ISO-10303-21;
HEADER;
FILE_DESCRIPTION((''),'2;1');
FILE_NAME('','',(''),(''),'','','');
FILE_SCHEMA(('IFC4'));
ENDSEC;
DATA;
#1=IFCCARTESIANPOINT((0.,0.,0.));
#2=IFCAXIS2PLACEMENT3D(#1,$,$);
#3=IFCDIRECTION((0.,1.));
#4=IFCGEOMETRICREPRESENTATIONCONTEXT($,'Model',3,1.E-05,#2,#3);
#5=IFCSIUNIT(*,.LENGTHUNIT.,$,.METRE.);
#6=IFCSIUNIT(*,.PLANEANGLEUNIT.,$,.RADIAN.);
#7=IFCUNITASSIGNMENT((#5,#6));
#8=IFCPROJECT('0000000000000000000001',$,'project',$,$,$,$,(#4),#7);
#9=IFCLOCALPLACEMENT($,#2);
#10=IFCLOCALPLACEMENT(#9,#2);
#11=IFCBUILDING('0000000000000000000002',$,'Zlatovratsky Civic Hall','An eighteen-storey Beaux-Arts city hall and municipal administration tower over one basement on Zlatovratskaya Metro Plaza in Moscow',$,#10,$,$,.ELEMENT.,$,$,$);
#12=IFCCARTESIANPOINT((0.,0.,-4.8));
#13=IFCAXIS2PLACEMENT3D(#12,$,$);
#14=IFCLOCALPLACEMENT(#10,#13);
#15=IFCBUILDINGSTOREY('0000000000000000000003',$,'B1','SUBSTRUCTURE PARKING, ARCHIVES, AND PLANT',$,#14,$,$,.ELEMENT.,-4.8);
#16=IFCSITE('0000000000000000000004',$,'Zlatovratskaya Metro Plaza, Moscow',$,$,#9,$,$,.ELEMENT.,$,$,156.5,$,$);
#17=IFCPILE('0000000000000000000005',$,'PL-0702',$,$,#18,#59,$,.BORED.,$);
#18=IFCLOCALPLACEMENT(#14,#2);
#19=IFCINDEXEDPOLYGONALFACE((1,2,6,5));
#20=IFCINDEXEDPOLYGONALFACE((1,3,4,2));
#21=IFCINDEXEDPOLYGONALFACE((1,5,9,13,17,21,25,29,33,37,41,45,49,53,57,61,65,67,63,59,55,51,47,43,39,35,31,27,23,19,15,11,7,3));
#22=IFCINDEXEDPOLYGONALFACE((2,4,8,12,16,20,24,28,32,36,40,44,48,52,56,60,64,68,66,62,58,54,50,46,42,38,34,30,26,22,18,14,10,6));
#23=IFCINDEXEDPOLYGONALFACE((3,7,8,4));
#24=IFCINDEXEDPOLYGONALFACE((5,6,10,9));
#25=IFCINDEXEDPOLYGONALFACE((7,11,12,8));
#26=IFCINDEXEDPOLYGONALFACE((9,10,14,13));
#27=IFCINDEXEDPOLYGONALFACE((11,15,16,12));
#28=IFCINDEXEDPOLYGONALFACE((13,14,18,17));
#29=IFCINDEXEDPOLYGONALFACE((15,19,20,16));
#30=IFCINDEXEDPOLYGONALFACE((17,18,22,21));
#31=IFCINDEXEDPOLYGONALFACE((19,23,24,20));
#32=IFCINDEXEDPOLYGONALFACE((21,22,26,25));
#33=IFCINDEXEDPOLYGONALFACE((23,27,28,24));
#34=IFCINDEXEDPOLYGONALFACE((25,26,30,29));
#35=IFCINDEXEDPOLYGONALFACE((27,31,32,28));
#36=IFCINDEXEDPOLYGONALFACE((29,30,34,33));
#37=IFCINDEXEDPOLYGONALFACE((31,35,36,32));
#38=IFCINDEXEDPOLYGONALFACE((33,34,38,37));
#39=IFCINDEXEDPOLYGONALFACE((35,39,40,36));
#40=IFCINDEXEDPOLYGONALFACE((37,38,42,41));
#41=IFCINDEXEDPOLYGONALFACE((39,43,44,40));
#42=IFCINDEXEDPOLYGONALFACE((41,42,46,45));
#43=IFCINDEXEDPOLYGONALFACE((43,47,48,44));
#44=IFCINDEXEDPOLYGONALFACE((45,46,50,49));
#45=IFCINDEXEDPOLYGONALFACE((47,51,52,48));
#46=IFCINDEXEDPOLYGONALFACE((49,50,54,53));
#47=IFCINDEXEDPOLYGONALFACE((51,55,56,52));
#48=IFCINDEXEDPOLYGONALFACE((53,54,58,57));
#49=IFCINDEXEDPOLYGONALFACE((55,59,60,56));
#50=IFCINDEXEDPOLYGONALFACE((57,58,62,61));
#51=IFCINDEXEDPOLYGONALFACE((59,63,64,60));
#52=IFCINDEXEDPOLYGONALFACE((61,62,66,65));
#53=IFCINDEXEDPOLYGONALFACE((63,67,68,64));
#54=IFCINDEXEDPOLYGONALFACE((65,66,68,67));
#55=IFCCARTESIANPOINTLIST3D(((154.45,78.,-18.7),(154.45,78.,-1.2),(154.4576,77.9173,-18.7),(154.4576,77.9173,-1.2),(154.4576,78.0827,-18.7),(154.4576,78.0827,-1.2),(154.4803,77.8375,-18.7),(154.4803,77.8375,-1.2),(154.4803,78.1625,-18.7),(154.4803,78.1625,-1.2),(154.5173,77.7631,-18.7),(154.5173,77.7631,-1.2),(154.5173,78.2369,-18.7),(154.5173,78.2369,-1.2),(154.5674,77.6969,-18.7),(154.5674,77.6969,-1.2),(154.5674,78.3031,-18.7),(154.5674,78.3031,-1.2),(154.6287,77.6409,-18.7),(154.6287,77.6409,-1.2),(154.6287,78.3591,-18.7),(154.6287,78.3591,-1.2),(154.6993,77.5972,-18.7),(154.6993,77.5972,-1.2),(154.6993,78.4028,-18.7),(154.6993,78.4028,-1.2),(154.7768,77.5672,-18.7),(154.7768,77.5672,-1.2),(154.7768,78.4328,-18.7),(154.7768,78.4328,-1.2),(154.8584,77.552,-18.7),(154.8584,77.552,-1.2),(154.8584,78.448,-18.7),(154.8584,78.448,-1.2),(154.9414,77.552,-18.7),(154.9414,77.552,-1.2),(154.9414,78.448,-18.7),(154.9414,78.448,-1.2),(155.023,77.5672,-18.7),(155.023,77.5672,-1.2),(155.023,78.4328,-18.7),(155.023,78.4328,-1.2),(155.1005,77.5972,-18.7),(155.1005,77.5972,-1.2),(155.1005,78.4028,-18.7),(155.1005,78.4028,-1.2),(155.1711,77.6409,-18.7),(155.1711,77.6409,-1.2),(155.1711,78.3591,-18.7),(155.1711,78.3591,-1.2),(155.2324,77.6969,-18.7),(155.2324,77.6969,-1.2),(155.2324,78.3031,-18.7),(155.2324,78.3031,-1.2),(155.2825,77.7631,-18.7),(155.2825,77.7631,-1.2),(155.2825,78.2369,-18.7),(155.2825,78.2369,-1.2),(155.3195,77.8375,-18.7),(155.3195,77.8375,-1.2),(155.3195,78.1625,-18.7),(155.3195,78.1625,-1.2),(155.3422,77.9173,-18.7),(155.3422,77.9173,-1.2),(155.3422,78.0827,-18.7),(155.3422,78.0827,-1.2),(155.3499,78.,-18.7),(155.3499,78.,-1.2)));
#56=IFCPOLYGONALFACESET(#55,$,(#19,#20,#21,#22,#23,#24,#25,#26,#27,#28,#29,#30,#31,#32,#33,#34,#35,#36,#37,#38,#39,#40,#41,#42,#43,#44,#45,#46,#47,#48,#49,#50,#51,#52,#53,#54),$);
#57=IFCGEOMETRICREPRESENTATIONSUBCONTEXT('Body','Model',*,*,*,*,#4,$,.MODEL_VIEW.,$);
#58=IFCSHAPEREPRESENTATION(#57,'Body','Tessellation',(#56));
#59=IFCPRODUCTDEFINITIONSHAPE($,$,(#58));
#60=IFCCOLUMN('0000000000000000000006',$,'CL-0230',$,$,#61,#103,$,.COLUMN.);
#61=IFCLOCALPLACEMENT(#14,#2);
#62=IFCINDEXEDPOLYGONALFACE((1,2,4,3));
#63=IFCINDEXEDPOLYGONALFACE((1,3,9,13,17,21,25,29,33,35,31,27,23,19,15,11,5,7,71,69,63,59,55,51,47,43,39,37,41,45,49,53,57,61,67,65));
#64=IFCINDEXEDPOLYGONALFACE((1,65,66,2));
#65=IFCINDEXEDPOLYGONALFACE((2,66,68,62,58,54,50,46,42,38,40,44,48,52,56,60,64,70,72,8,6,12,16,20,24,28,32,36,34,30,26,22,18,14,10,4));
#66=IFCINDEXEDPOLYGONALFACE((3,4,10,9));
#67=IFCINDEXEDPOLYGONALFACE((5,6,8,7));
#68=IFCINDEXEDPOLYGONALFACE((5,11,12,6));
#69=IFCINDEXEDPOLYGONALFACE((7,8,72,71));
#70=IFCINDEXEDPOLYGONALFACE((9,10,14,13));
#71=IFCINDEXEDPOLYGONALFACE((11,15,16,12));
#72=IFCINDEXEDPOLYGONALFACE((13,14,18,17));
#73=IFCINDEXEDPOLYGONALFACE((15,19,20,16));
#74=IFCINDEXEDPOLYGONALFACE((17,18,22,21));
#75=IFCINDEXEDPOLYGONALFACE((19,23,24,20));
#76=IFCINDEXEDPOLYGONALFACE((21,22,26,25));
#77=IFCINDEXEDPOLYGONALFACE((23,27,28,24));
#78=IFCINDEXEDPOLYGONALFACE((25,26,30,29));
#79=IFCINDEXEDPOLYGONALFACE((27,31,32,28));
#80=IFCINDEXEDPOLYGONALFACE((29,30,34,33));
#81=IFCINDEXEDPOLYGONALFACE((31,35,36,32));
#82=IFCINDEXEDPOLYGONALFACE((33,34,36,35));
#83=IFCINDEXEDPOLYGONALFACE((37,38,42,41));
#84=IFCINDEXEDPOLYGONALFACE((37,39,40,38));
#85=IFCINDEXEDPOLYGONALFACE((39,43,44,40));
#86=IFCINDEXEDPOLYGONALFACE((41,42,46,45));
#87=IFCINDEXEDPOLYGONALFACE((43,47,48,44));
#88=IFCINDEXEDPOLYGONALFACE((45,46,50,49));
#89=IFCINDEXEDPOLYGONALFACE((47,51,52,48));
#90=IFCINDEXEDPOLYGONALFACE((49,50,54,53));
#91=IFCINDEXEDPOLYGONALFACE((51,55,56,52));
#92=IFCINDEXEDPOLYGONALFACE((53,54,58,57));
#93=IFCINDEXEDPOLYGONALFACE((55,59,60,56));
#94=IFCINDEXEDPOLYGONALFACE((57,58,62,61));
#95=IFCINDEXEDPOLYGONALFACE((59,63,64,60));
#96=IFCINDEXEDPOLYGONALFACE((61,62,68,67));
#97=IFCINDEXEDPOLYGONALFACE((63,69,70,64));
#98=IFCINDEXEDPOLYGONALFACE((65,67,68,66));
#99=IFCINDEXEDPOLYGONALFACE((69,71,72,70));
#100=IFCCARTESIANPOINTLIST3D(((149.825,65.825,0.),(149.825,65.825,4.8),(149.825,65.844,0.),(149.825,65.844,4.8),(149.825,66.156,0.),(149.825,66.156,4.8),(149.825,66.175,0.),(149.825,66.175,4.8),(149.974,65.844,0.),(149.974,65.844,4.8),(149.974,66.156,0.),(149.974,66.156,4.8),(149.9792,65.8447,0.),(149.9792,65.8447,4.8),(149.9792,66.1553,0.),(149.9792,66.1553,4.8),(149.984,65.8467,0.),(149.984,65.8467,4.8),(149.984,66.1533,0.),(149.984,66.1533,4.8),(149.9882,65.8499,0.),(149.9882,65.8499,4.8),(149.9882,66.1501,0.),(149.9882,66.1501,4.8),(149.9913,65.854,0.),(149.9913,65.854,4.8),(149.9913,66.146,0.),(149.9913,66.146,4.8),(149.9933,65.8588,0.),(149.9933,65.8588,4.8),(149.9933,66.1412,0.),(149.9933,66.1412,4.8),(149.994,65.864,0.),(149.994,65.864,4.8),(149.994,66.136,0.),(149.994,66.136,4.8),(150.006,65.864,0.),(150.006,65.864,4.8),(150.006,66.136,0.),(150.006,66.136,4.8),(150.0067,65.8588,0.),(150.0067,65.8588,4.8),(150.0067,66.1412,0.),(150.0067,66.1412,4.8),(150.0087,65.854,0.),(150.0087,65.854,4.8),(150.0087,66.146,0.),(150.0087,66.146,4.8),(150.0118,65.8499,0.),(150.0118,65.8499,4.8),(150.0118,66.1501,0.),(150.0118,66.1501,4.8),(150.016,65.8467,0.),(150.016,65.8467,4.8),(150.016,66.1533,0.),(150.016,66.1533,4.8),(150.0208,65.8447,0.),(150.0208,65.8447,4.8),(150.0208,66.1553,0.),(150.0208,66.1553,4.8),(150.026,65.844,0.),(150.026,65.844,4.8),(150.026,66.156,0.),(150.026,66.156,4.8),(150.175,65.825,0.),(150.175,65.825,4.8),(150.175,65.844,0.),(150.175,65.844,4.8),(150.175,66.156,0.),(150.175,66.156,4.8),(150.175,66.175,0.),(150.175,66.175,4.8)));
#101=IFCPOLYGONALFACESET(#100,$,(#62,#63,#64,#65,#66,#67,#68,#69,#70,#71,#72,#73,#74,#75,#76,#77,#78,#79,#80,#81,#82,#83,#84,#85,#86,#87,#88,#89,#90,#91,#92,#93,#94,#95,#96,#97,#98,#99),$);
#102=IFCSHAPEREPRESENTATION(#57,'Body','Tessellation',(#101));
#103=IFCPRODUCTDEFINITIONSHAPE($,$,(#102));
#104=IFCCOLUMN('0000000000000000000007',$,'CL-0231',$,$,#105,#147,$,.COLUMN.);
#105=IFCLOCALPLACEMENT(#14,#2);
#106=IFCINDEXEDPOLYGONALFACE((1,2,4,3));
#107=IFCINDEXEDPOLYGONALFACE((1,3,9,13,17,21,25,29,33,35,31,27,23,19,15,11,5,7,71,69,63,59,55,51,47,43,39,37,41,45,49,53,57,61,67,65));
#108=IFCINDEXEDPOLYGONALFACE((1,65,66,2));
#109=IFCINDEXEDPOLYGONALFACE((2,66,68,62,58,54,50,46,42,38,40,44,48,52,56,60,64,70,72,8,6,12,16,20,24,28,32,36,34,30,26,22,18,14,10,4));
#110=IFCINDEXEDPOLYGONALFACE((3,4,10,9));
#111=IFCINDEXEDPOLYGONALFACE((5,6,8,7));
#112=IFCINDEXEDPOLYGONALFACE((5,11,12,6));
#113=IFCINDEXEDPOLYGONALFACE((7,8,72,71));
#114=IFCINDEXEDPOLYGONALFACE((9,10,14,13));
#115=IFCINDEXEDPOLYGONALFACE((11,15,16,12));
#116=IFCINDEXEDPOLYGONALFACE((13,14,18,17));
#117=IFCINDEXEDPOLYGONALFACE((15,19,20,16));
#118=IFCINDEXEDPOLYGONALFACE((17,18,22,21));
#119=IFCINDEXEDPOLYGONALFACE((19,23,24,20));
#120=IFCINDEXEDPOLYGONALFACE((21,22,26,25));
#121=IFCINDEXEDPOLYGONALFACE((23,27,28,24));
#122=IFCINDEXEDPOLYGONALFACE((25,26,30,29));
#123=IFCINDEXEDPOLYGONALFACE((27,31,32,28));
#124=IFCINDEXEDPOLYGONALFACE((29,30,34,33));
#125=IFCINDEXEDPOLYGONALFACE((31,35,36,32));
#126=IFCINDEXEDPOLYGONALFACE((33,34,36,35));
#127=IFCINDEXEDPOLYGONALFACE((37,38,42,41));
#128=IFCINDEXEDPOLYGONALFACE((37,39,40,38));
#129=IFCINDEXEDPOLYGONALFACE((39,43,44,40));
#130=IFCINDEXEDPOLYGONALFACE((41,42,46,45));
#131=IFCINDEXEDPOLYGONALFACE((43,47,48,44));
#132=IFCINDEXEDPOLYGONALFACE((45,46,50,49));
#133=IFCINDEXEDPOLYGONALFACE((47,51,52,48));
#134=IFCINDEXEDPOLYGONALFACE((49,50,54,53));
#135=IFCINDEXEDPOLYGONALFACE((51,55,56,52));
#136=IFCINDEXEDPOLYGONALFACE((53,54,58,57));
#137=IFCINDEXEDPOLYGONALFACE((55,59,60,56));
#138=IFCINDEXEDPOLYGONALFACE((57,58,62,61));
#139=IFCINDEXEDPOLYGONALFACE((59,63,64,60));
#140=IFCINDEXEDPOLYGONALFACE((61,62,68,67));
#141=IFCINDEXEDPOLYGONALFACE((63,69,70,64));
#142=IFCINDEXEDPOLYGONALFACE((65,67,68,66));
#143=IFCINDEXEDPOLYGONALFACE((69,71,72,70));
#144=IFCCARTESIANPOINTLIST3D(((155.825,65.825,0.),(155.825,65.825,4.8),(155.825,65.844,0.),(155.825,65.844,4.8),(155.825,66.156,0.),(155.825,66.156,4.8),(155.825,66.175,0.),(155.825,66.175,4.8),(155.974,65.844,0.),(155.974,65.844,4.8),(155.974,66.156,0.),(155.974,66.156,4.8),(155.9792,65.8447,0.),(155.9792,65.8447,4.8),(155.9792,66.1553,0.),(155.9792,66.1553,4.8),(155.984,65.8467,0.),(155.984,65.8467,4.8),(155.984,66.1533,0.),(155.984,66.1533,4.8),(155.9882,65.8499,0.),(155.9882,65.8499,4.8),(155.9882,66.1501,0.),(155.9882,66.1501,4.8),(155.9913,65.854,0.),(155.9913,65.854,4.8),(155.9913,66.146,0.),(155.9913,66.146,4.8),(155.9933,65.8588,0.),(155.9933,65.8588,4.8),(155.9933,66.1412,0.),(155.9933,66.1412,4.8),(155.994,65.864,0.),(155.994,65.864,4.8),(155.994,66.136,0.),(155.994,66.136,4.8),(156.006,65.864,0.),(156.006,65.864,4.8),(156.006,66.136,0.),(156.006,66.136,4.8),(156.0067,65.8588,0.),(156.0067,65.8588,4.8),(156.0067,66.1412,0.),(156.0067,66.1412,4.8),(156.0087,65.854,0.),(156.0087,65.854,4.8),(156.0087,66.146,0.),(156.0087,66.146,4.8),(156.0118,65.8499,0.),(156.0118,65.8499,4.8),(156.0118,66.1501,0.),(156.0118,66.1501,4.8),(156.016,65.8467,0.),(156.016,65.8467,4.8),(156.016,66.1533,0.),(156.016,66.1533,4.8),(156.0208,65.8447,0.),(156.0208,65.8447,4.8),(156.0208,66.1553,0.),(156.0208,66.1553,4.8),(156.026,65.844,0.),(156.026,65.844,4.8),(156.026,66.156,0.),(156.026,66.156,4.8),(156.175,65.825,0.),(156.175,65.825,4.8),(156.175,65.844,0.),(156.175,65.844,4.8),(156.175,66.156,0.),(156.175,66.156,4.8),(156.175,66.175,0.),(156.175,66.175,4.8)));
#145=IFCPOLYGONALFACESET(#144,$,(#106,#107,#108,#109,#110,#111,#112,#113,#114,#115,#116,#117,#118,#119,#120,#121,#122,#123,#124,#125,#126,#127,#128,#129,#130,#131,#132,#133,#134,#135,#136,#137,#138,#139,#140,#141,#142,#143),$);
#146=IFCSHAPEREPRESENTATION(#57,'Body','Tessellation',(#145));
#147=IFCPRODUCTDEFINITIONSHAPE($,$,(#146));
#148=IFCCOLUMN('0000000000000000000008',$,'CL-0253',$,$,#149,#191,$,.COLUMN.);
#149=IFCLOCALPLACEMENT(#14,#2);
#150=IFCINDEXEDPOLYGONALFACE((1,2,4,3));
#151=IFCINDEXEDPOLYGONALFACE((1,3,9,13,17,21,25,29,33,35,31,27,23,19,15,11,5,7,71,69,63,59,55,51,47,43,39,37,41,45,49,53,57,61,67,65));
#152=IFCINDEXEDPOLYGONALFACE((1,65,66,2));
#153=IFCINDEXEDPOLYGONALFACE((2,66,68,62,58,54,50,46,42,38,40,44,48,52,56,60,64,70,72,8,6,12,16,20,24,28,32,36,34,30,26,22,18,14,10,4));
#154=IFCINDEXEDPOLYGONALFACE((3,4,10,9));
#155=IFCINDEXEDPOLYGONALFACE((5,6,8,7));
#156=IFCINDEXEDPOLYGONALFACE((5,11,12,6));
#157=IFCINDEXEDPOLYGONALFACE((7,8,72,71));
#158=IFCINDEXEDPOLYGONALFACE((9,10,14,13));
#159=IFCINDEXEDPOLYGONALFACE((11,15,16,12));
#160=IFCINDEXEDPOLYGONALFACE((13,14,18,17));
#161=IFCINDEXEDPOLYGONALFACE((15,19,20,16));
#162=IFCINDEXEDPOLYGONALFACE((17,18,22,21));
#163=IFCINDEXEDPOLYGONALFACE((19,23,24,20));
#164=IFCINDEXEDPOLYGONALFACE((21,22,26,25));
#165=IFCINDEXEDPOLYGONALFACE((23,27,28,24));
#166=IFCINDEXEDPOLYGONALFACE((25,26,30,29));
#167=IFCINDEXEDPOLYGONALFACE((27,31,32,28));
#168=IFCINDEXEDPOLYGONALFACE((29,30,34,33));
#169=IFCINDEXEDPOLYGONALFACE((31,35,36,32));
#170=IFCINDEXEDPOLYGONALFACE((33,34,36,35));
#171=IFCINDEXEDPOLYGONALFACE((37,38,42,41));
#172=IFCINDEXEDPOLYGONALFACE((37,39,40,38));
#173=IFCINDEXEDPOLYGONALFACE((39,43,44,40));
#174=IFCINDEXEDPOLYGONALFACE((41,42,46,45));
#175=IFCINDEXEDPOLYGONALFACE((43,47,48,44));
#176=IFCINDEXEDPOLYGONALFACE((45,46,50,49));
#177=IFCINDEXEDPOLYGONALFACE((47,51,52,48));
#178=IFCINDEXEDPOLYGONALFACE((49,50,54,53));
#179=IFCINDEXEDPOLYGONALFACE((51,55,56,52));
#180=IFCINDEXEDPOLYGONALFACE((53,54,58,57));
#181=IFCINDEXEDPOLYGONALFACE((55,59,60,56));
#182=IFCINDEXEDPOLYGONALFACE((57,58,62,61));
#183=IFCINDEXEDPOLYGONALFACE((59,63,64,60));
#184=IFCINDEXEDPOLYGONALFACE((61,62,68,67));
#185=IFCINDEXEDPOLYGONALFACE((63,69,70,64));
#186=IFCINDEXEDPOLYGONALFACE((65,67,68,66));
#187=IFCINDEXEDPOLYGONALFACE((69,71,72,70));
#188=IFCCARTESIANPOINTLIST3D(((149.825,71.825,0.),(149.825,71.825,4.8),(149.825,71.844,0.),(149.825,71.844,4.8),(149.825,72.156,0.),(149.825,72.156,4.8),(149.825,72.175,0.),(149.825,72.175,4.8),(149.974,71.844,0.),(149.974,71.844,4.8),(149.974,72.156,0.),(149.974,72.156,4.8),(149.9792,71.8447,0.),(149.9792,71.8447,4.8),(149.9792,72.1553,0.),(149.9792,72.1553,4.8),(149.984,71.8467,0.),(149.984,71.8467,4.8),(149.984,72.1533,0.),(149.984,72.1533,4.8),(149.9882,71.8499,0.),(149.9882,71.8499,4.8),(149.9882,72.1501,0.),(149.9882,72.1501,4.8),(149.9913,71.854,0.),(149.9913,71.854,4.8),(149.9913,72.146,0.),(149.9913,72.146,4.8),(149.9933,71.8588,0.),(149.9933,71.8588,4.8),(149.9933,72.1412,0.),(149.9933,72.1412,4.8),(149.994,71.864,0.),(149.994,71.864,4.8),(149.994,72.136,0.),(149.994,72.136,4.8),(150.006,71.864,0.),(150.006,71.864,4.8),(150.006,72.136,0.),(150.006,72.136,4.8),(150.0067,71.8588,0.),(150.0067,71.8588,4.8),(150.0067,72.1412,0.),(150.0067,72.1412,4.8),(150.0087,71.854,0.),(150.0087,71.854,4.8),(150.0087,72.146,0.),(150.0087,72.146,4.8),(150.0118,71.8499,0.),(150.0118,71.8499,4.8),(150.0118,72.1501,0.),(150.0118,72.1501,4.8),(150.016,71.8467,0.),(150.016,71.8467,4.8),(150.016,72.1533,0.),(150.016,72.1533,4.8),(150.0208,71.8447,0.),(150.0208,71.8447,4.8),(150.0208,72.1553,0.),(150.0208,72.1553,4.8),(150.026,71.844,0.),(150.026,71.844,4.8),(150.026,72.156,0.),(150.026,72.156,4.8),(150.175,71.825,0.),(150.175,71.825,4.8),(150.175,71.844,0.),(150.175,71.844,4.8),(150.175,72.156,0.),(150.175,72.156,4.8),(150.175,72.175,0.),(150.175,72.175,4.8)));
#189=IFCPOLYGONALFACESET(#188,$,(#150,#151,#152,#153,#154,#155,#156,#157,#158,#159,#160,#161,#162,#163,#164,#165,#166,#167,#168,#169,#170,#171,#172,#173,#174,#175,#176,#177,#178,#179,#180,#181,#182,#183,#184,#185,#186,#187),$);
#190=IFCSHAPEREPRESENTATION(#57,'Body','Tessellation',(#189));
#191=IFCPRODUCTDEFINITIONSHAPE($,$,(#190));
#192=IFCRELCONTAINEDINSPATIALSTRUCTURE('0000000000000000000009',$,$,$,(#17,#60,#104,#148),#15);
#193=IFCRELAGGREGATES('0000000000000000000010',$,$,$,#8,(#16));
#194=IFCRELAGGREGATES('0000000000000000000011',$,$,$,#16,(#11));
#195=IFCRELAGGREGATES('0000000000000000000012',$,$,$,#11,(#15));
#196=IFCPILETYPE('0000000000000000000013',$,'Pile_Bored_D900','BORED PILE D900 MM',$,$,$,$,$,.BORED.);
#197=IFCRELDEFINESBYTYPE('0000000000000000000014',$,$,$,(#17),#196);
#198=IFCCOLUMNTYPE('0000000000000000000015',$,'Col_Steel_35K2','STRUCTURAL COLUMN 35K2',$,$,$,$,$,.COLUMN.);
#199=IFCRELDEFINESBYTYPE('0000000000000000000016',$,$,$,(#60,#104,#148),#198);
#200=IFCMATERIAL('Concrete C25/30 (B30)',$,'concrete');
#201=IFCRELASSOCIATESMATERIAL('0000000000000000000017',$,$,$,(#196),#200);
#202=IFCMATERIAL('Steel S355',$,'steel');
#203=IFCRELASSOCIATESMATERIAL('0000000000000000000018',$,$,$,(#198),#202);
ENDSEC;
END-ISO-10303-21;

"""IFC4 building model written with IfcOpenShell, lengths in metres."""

from ifc_helpers import new_model, si_unit, direction, frame, origin, origin_2d, place, context, subcontext, project, spatial, circle, i_section, extrude, material, material_profile, profile_set, type_object, element, save


model = new_model("IFC4")

# Units and contexts
model_context = context("Model", 3, precision=1e-05, world=origin(), true_north=direction((0.0, 1.0)))
body_context = subcontext(model_context, "Body", "Model", "MODEL_VIEW")
ifc_project = project(units=[si_unit("LENGTHUNIT", "METRE"), si_unit("PLANEANGLEUNIT", "RADIAN")], contexts=[model_context])

# Site, building, storey
site_placement = place(None, origin())
site = spatial("IfcSite", under=ifc_project, at=site_placement, Name="Zlatovratskaya Metro Plaza, Moscow", CompositionType="ELEMENT", RefElevation=156.5)
building_placement = place(site_placement, origin())
building = spatial("IfcBuilding", under=site, at=building_placement, Name="Zlatovratsky Civic Hall", Description="An eighteen-storey Beaux-Arts city hall and municipal administration tower over one basement on Zlatovratskaya Metro Plaza in Moscow", CompositionType="ELEMENT")
storey_placement = place(building_placement, frame((0.0, 0.0, -4.8)))
storey = spatial("IfcBuildingStorey", under=building, at=storey_placement, Name="B1", Description="SUBSTRUCTURE PARKING, ARCHIVES, AND PLANT", CompositionType="ELEMENT", Elevation=-4.8)

# Shared definitions
ifc_material_1 = material(Name="Concrete C25/30 (B30)", Category="concrete")

# Pile
ifc_material_profile_1 = material_profile(ifc_material_1, circle(Radius=0.45, at=origin_2d()), Name="PILE D900")
ifc_profile_set_1 = profile_set([ifc_material_profile_1], Name="Concrete C25/30 (B30)")
pile_type_1 = type_object("IfcPileType", Name="Pile_Bored_D900", Description="BORED PILE D900 MM", PredefinedType="BORED", material=ifc_profile_set_1)
pile_placement = place(storey_placement, frame((154.8999, 78.0, -1.2), z_axis=(0.0, 0.0, -1.0), x_axis=(1.0, 0.0, 0.0)))
element("IfcPile", 1, at=pile_placement, inside=storey, type_object=pile_type_1, Name="PL-0702", PredefinedType="BORED", context=body_context, shape_type="SweptSolid", body=[
    extrude(circle(Radius=0.45, at=origin_2d()), origin(), (0.0, 0.0, 1.0), 17.5),
])

# Columns
ifc_material_2 = material(Name="Steel S355", Category="steel")
ifc_material_profile_2 = material_profile(ifc_material_2, i_section(OverallWidth=0.3501, OverallDepth=0.3501, WebThickness=0.012, FlangeThickness=0.019, FilletRadius=0.02, at=origin_2d()), Name="35K2")
ifc_profile_set_2 = profile_set([ifc_material_profile_2], Name="Steel S355")
column_type = type_object("IfcColumnType", Name="Col_Steel_35K2", Description="STRUCTURAL COLUMN 35K2", PredefinedType="COLUMN", material=ifc_profile_set_2)
for number, where, z_axis, x_axis, name in (
    (2, (150.0, 66.0, 0.0), (0.0, 0.0, 1.0), (1.0, 0.0, 0.0), "CL-0230"),
    (3, (156.0, 66.0, 0.0), (0.0, 0.0, 1.0), (1.0, 0.0, 0.0), "CL-0231"),
    (4, (150.0, 72.0, 0.0), (0.0, 0.0, 1.0), (1.0, 0.0, 0.0), "CL-0253"),
):
    element("IfcColumn", number, at=place(storey_placement, frame(where, z_axis=z_axis, x_axis=x_axis)), inside=storey, type_object=column_type, Name=name, PredefinedType="COLUMN", context=body_context, shape_type="SweptSolid", body=[
        extrude(i_section(OverallWidth=0.3501, OverallDepth=0.3501, WebThickness=0.012, FlangeThickness=0.019, FilletRadius=0.02, at=origin_2d()), origin(), (0.0, 0.0, 1.0), 4.8),
    ])

save(model, "model.ifc")
